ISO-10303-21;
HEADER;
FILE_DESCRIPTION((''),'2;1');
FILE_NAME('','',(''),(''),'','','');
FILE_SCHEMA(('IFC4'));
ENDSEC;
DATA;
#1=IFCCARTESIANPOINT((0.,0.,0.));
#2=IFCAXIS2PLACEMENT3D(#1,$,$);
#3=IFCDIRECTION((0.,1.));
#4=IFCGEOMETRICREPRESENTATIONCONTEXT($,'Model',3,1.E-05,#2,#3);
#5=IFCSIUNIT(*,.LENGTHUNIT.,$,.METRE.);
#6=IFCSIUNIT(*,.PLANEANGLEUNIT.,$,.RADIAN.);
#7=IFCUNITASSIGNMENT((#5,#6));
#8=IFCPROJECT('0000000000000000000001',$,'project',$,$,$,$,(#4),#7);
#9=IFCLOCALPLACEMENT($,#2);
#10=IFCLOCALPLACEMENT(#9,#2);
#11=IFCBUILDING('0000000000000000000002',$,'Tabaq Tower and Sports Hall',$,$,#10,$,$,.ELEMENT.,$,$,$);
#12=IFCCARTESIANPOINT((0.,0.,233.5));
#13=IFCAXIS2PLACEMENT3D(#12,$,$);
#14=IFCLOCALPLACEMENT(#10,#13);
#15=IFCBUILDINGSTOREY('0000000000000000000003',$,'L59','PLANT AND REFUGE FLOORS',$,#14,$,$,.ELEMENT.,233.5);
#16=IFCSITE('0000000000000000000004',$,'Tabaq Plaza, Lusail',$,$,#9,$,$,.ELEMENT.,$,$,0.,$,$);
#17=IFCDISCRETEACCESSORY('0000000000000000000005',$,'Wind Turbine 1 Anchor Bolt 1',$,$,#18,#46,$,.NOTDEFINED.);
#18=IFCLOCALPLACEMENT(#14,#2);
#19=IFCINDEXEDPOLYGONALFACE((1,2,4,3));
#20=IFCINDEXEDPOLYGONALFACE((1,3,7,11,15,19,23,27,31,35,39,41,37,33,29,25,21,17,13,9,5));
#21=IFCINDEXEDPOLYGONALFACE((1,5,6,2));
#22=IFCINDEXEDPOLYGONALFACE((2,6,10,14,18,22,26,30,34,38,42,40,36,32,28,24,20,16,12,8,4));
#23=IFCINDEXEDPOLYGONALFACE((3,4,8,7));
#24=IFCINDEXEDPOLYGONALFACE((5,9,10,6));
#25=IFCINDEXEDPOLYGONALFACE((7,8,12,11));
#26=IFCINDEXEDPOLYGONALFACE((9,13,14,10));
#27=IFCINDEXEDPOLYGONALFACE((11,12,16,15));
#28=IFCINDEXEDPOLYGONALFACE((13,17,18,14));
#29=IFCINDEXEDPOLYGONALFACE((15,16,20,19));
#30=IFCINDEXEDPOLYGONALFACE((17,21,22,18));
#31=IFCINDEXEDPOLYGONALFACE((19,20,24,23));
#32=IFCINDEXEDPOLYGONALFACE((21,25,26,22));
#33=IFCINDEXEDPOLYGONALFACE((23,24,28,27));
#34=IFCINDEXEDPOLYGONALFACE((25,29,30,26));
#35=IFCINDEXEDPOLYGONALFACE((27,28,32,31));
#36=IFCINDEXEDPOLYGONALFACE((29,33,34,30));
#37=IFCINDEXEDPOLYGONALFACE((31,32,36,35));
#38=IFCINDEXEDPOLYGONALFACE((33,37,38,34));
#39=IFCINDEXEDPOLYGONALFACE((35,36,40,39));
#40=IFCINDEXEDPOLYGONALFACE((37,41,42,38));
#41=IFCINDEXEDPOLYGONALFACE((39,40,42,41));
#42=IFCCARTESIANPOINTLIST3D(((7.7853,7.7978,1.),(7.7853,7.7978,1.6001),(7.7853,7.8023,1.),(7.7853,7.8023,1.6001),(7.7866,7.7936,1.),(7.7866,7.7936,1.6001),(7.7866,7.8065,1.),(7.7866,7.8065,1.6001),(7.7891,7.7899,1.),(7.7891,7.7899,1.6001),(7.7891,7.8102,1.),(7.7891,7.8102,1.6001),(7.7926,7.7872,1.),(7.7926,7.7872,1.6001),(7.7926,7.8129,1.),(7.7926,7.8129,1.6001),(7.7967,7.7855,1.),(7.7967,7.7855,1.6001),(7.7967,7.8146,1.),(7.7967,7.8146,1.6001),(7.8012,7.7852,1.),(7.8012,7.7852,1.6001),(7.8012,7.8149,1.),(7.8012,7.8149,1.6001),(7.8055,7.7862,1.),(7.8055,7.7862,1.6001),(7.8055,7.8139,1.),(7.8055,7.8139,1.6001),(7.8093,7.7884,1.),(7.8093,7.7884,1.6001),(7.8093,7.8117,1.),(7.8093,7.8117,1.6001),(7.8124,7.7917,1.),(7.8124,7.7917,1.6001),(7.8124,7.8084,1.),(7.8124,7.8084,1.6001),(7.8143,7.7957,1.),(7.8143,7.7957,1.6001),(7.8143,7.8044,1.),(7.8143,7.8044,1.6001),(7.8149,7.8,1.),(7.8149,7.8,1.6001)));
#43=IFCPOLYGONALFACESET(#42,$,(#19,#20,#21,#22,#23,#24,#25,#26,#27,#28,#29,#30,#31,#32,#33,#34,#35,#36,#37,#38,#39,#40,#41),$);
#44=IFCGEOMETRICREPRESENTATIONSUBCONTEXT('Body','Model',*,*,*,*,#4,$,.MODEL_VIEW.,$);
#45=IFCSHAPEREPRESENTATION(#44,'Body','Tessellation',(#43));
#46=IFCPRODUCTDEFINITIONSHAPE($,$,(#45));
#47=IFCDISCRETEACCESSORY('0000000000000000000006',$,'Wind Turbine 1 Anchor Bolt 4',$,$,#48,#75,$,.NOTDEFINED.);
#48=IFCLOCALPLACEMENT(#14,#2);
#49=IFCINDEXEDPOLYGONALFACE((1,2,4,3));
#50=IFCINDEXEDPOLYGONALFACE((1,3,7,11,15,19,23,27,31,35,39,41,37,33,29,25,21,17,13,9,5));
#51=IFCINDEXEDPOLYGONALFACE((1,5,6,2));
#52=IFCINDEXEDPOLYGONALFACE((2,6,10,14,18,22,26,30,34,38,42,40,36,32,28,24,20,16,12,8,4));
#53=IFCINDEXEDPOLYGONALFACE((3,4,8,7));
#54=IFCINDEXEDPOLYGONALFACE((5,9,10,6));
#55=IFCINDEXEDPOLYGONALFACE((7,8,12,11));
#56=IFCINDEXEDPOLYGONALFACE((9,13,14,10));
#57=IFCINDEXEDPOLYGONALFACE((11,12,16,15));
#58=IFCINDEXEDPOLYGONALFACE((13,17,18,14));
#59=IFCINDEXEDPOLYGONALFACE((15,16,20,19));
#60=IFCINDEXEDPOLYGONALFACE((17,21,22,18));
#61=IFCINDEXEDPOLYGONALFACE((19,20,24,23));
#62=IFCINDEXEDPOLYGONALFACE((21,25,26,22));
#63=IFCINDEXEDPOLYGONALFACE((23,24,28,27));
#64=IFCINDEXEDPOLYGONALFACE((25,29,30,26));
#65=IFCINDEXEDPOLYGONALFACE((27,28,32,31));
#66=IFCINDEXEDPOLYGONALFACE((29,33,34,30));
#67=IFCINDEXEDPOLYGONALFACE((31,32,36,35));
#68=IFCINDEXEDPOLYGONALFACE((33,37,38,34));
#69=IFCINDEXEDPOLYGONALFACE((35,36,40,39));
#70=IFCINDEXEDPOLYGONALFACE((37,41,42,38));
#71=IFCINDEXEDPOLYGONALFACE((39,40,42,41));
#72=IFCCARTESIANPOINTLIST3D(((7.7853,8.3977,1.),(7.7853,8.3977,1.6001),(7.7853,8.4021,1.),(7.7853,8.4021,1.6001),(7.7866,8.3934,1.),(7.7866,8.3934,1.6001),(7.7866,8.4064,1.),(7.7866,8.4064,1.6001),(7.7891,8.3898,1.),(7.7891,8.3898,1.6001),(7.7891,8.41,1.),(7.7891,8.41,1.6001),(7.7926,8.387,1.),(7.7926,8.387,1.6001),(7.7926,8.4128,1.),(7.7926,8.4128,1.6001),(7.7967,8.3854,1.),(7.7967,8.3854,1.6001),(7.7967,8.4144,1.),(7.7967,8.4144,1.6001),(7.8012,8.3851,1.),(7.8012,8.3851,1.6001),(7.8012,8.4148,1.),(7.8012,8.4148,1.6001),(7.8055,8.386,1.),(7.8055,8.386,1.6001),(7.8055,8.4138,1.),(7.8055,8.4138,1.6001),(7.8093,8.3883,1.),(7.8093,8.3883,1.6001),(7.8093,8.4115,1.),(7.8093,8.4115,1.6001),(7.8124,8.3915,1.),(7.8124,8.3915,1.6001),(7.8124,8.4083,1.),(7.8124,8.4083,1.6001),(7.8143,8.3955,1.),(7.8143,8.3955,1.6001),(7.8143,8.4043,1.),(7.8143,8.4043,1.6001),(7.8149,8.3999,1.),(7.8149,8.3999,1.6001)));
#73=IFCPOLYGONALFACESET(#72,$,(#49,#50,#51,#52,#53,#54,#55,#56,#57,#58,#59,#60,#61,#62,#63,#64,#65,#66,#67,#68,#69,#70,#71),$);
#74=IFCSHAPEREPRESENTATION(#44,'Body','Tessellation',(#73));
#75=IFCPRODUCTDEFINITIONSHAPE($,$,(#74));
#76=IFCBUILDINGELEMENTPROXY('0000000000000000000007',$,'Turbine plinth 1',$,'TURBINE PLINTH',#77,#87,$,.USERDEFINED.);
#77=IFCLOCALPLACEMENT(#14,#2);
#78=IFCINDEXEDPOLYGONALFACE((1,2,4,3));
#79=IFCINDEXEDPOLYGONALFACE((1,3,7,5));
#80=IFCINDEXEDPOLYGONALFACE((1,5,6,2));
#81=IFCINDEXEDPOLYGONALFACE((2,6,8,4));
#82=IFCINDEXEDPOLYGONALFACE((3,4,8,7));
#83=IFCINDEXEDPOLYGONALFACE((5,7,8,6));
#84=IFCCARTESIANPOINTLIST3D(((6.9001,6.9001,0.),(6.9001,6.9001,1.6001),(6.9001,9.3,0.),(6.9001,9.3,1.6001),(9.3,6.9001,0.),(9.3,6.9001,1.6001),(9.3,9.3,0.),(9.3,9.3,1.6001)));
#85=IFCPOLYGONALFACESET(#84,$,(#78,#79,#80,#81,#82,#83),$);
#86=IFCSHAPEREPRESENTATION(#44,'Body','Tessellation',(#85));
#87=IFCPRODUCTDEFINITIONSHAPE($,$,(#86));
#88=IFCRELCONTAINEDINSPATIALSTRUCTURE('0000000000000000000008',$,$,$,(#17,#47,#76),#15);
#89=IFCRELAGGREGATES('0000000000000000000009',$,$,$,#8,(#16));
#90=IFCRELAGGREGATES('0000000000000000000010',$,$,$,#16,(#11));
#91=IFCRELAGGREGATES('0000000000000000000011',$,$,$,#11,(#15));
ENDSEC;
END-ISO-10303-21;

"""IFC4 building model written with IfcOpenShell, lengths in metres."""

from ifc_helpers import new_model, si_unit, direction, frame, origin, origin_2d, place, context, subcontext, project, spatial, rectangle, circle, extrude, element, save


model = new_model("IFC4")

# Units and contexts
model_context = context("Model", 3, precision=1e-05, world=origin(), true_north=direction((0.0, 1.0)))
body_context = subcontext(model_context, "Body", "Model", "MODEL_VIEW")
ifc_project = project(units=[si_unit("LENGTHUNIT", "METRE"), si_unit("PLANEANGLEUNIT", "RADIAN")], contexts=[model_context])

# Site, building, storey
site_placement = place(None, origin())
site = spatial("IfcSite", under=ifc_project, at=site_placement, Name="Tabaq Plaza, Lusail", CompositionType="ELEMENT", RefElevation=0.0)
building_placement = place(site_placement, origin())
building = spatial("IfcBuilding", under=site, at=building_placement, Name="Tabaq Tower and Sports Hall", CompositionType="ELEMENT")
storey_placement = place(building_placement, frame((0.0, 0.0, 233.5)))
storey = spatial("IfcBuildingStorey", under=building, at=storey_placement, Name="L59", Description="PLANT AND REFUGE FLOORS", CompositionType="ELEMENT", Elevation=233.5)

# Discrete accessories
for number, where, z_axis, x_axis, name in (
    (1, (7.8, 7.8, 1.6001), (0.0, 0.0, -1.0), (1.0, 0.0, 0.0), "Wind Turbine 1 Anchor Bolt 1"),
    (2, (7.8, 8.3999, 1.6001), (0.0, 0.0, -1.0), (1.0, 0.0, 0.0), "Wind Turbine 1 Anchor Bolt 4"),
):
    element("IfcDiscreteAccessory", number, at=place(storey_placement, frame(where, z_axis=z_axis, x_axis=x_axis)), inside=storey, Name=name, PredefinedType="NOTDEFINED", context=body_context, shape_type="SweptSolid", body=[
        extrude(circle(Radius=0.0149, at=origin_2d()), origin(), (0.0, 0.0, 1.0), 0.6001),
    ])

# Building element proxy
proxy_placement = place(storey_placement, frame((8.1001, 8.1001, 0.0), z_axis=(0.0, 0.0, 1.0), x_axis=(1.0, 0.0, 0.0)))
element("IfcBuildingElementProxy", 3, at=proxy_placement, inside=storey, Name="Turbine plinth 1", ObjectType="TURBINE PLINTH", PredefinedType="USERDEFINED", context=body_context, shape_type="SweptSolid", body=[
    extrude(rectangle(XDim=2.3999, YDim=2.3999, at=origin_2d()), origin(), (0.0, 0.0, 1.0), 1.6001),
])

save(model, "model.ifc")
